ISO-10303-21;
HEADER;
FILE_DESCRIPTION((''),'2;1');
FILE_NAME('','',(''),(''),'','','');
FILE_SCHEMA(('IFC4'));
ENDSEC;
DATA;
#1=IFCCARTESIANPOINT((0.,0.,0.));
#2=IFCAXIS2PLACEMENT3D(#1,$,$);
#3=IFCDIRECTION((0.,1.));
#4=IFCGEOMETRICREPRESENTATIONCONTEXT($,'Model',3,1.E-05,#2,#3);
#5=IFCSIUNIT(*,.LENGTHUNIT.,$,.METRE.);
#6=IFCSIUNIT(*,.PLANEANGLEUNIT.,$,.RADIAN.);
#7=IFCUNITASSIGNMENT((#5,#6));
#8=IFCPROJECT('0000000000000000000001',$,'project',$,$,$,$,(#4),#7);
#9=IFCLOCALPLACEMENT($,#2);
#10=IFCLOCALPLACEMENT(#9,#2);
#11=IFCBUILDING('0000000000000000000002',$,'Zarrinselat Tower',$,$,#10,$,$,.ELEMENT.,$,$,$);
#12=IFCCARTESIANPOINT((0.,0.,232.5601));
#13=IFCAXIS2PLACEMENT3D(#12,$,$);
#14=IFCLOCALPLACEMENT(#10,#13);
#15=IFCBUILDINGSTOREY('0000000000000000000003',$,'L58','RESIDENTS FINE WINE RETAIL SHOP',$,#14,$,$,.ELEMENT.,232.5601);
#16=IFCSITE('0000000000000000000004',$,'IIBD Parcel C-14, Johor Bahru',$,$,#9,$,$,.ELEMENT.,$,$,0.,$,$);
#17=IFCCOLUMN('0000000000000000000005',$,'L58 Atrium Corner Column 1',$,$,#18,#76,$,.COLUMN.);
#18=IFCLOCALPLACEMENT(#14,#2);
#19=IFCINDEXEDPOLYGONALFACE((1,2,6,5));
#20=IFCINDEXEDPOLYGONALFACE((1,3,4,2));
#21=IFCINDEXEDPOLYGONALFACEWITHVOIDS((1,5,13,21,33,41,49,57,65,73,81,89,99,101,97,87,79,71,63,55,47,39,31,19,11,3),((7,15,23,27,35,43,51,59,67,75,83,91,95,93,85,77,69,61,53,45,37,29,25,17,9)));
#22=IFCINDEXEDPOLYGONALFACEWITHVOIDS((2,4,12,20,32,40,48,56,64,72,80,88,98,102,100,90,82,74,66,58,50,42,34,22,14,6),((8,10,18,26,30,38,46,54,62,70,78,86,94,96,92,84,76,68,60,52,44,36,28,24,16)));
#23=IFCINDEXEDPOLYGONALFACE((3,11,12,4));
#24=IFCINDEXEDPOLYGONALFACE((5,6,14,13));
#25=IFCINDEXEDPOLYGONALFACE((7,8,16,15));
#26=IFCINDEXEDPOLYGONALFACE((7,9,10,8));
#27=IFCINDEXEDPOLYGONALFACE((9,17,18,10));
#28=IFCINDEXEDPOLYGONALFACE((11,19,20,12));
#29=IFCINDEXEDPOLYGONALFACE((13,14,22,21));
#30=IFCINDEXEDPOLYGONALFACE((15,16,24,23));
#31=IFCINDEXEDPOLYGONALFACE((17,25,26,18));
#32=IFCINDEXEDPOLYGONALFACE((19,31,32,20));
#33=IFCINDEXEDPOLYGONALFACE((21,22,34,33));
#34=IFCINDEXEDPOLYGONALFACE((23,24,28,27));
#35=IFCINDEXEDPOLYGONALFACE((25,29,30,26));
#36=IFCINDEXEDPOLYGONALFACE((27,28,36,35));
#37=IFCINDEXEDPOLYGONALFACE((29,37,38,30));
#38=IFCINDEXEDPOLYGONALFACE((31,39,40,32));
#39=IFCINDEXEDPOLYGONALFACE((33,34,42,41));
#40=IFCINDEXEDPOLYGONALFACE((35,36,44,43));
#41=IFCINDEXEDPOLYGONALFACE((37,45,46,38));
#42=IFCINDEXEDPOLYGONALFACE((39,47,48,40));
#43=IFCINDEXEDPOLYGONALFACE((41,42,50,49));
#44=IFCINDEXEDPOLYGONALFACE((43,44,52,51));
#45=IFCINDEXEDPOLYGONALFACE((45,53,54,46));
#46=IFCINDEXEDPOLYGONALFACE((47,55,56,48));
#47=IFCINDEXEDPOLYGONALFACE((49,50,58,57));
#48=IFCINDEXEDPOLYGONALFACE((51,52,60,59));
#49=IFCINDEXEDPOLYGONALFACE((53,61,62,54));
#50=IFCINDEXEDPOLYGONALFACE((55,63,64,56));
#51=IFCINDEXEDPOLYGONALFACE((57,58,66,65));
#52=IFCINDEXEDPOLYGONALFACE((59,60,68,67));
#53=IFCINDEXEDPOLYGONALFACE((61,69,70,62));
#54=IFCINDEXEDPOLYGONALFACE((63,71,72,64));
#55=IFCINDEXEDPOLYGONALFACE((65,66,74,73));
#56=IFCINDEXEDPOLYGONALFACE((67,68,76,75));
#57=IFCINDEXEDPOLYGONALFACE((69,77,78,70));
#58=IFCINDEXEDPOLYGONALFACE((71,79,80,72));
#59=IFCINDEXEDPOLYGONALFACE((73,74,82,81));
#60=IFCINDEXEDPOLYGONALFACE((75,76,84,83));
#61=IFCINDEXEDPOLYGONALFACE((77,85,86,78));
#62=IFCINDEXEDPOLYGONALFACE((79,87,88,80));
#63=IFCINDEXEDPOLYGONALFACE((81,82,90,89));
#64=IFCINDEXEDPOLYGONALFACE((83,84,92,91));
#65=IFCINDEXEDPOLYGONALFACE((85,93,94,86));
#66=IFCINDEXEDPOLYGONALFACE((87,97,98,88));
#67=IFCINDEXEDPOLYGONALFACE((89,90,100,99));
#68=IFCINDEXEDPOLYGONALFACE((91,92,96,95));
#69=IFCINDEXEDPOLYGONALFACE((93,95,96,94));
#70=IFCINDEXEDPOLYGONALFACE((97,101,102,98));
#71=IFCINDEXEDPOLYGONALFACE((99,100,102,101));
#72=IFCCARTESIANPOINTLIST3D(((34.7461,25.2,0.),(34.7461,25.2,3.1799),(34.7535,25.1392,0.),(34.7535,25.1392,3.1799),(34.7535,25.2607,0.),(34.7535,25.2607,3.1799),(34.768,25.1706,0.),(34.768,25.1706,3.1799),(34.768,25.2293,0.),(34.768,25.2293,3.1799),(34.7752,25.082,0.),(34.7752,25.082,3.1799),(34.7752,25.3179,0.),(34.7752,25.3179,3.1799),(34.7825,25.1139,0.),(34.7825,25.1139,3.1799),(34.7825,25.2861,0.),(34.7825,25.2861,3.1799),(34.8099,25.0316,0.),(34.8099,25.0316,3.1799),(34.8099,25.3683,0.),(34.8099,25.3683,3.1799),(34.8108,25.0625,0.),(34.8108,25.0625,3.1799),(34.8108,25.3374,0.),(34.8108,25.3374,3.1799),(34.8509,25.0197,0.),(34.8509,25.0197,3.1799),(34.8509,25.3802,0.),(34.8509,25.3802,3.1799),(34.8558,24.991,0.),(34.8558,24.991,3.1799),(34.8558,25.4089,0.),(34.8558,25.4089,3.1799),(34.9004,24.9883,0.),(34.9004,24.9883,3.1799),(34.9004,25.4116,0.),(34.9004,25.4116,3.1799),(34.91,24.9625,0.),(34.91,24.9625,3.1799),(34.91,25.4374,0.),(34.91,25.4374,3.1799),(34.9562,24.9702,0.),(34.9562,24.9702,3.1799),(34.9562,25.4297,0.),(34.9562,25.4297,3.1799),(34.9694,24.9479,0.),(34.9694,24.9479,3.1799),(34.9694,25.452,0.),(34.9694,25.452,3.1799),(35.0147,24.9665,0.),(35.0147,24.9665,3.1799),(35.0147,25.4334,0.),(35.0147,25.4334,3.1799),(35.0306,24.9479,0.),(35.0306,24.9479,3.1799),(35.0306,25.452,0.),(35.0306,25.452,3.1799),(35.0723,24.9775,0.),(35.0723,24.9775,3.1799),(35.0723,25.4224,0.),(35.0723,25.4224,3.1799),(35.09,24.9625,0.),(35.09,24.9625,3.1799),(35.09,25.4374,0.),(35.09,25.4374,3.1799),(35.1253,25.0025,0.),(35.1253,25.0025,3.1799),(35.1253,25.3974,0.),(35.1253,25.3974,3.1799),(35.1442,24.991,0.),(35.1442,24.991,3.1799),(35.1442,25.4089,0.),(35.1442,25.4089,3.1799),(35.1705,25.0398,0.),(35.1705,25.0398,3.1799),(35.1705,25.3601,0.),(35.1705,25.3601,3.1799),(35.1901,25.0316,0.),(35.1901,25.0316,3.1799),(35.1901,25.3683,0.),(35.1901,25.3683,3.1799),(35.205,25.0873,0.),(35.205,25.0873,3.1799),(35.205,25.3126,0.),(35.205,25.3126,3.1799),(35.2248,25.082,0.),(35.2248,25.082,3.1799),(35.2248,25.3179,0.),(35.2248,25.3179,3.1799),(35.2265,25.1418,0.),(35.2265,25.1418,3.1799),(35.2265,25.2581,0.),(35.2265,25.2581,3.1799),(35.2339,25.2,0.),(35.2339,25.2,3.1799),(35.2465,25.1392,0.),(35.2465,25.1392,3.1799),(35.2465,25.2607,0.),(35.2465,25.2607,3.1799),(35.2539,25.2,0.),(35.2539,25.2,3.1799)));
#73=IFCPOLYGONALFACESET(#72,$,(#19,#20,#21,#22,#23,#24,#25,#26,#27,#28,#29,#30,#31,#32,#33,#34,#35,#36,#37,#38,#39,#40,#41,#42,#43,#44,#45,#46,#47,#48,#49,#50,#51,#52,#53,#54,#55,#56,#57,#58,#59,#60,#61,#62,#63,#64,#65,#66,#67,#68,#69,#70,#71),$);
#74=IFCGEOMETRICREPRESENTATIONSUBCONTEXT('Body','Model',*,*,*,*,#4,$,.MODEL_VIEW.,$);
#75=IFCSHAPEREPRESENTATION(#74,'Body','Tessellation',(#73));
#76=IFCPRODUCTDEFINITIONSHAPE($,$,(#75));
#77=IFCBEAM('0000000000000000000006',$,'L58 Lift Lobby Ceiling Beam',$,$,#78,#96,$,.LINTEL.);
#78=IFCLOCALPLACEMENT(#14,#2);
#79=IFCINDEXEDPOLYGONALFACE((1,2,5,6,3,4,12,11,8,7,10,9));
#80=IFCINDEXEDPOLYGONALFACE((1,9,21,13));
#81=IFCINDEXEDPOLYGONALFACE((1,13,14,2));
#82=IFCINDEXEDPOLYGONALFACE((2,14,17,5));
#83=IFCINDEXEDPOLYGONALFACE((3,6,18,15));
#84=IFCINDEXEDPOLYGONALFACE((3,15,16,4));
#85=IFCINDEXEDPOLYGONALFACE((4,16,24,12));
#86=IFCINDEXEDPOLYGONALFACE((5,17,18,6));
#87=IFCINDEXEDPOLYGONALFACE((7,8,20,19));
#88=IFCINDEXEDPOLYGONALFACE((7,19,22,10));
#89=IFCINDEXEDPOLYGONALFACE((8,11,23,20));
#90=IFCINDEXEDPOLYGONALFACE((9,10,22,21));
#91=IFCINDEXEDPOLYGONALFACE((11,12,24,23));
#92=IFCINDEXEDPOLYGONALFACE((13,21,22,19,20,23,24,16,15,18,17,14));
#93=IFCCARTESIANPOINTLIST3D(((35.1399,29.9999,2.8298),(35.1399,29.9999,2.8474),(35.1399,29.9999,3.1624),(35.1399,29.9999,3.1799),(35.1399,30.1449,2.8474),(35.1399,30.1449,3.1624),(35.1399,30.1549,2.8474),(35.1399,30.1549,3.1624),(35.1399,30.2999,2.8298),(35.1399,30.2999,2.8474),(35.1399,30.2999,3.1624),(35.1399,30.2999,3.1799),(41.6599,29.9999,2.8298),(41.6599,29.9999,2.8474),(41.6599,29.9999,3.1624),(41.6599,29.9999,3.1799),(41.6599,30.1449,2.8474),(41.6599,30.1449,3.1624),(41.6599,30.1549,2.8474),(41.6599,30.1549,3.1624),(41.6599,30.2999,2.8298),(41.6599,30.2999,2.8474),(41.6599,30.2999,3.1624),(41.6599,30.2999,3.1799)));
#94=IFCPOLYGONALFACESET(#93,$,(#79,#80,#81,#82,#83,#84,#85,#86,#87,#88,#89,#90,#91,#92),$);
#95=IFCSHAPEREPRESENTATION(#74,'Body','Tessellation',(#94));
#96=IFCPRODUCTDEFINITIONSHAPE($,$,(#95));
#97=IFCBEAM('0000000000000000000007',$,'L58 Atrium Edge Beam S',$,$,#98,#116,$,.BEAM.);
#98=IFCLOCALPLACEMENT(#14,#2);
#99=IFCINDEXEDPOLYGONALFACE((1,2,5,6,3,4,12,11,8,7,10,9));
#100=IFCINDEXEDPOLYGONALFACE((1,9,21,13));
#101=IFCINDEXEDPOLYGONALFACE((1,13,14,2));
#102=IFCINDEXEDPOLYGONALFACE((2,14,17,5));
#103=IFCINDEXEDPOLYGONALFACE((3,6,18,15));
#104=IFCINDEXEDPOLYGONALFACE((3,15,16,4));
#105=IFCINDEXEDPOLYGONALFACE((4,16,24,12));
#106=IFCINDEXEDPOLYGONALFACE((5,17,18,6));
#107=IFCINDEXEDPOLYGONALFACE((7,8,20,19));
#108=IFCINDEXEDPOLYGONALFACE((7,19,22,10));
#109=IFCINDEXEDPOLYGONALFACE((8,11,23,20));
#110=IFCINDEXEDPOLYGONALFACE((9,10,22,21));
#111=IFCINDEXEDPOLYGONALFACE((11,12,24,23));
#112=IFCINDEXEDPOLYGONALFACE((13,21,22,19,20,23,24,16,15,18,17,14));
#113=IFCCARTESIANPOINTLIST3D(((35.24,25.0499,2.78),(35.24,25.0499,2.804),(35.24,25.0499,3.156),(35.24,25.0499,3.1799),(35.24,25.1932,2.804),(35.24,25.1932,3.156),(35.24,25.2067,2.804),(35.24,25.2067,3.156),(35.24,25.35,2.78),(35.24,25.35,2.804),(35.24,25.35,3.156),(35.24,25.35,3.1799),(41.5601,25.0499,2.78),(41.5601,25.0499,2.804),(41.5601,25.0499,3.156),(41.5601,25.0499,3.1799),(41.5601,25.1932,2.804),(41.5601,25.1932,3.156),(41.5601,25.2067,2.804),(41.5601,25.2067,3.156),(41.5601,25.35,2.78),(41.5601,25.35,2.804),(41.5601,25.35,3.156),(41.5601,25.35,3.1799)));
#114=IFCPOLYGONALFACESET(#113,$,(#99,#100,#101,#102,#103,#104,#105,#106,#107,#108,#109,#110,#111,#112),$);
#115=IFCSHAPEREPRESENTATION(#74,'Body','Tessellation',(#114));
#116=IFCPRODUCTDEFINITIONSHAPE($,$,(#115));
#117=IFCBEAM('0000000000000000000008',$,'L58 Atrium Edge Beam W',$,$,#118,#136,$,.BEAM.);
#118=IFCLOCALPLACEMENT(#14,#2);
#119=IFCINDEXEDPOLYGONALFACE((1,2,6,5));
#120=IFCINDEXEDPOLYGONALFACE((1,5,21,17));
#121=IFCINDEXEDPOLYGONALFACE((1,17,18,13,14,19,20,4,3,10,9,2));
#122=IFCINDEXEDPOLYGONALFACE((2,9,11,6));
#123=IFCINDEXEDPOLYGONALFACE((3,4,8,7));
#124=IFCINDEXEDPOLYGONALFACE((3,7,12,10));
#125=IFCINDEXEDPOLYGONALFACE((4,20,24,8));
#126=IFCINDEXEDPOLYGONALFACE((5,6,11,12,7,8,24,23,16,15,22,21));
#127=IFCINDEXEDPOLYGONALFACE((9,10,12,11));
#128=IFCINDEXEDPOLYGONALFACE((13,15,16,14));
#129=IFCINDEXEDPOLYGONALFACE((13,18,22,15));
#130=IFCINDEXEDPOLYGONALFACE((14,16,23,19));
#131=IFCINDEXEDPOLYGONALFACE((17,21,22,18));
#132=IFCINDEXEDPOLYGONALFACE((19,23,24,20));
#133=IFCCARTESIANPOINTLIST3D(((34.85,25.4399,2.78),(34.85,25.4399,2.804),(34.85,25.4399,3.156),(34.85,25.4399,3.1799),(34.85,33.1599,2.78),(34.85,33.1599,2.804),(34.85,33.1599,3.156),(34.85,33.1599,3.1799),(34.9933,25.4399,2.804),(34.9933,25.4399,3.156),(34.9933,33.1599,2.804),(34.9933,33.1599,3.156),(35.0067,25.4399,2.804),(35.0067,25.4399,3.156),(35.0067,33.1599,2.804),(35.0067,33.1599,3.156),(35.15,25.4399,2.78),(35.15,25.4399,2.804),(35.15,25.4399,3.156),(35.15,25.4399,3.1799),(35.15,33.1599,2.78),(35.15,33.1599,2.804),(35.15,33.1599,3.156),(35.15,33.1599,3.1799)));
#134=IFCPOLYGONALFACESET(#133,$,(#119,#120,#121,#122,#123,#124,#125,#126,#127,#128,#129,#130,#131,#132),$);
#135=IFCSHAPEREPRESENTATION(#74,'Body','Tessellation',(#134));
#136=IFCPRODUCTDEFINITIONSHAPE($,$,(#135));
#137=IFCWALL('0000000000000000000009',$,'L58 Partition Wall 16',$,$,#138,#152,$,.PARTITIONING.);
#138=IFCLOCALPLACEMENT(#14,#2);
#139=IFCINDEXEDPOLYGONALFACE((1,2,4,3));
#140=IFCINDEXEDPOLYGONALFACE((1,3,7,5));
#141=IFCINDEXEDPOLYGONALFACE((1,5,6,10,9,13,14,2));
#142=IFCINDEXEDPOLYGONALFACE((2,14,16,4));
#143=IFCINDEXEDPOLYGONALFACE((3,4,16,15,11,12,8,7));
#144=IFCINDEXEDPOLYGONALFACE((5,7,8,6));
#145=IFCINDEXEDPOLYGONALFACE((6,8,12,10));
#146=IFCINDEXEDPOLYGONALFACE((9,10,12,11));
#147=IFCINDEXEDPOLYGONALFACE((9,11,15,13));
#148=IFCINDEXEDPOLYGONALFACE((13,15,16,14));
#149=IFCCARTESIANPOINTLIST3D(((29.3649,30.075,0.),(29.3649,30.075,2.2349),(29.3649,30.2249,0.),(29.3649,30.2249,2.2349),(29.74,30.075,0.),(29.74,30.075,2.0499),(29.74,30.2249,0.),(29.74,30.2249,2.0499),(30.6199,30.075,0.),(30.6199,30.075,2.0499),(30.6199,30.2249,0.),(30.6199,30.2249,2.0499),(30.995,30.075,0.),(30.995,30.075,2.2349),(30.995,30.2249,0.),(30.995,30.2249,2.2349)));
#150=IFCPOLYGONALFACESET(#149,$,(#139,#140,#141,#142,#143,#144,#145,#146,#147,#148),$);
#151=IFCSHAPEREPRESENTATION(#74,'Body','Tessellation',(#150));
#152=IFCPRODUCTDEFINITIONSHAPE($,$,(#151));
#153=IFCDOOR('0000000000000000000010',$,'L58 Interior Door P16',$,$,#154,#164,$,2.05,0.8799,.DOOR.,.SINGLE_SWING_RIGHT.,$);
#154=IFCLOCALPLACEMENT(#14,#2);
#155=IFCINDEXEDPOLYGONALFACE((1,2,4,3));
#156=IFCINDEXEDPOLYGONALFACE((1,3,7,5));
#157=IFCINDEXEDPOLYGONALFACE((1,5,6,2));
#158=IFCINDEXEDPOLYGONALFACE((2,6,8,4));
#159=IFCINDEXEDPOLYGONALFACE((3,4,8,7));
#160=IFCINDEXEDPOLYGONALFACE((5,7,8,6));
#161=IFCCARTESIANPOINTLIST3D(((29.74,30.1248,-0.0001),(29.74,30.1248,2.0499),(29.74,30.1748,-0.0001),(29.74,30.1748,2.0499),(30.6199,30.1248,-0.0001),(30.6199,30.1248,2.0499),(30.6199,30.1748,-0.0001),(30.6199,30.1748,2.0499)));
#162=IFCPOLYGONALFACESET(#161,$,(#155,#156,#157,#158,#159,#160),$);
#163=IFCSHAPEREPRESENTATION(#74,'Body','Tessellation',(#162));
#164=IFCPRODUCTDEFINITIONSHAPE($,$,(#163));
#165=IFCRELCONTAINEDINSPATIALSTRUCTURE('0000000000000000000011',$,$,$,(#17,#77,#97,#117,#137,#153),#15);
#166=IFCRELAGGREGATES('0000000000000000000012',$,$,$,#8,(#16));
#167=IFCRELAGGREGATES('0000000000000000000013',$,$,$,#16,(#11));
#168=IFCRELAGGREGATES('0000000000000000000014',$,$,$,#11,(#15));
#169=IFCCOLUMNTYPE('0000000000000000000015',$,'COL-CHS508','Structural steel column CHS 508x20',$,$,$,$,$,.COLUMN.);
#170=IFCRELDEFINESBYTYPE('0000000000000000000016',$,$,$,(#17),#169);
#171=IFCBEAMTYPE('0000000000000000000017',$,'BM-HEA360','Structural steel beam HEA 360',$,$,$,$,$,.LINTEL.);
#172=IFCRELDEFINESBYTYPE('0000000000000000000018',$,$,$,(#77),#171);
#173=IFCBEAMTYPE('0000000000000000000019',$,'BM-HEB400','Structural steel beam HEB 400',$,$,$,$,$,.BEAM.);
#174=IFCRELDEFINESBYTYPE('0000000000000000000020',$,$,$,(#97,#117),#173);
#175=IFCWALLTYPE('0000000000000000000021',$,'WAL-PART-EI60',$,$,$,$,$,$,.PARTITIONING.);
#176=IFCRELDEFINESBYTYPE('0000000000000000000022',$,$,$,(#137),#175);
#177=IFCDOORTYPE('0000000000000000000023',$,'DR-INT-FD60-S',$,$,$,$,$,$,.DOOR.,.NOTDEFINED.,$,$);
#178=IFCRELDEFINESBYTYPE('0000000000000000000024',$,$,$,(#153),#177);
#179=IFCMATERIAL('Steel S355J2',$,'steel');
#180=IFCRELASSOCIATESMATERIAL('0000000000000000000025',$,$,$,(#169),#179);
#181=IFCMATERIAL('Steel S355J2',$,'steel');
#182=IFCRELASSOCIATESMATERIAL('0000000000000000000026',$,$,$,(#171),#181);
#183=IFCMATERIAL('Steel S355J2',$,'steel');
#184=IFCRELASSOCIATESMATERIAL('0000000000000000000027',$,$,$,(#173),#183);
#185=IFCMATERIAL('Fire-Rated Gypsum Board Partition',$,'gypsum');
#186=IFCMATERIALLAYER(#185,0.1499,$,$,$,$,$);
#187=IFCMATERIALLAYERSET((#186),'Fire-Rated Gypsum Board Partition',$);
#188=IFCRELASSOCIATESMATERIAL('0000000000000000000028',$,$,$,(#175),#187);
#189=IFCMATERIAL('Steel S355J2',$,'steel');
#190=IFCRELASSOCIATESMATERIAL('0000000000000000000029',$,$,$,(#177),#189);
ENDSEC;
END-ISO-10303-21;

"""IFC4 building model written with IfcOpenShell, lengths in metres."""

from ifc_helpers import new_model, si_unit, direction, frame, frame_2d, origin, origin_2d, place, context, subcontext, project, spatial, rectangle, hollow_circle, i_section, extrude, material, layer, layer_set, material_profile, profile_set, type_object, element, fill, save


model = new_model("IFC4")

# Units and contexts
model_context = context("Model", 3, precision=1e-05, world=origin(), true_north=direction((0.0, 1.0)))
body_context = subcontext(model_context, "Body", "Model", "MODEL_VIEW")
ifc_project = project(units=[si_unit("LENGTHUNIT", "METRE"), si_unit("PLANEANGLEUNIT", "RADIAN")], contexts=[model_context])

# Site, building, storey
site_placement = place(None, origin())
site = spatial("IfcSite", under=ifc_project, at=site_placement, Name="IIBD Parcel C-14, Johor Bahru", CompositionType="ELEMENT", RefElevation=0.0)
building_placement = place(site_placement, origin())
building = spatial("IfcBuilding", under=site, at=building_placement, Name="Zarrinselat Tower", CompositionType="ELEMENT")
storey_placement = place(building_placement, frame((0.0, 0.0, 232.5601)))
storey = spatial("IfcBuildingStorey", under=building, at=storey_placement, Name="L58", Description="RESIDENTS FINE WINE RETAIL SHOP", CompositionType="ELEMENT", Elevation=232.5601)

# Column
ifc_material_1 = material(Name="Steel S355J2", Category="steel")
ifc_material_profile_1 = material_profile(ifc_material_1, hollow_circle(Radius=0.2539, WallThickness=0.02, at=origin_2d()), Name="CHS 508x20")
ifc_profile_set_1 = profile_set([ifc_material_profile_1], Name="Steel S355J2")
column_type = type_object("IfcColumnType", Name="COL-CHS508", Description="Structural steel column CHS 508x20", PredefinedType="COLUMN", material=ifc_profile_set_1)
column_placement = place(storey_placement, frame((35.0, 25.2, 0.0), z_axis=(0.0, 0.0, 1.0), x_axis=(1.0, 0.0, 0.0)))
element("IfcColumn", 1, at=column_placement, inside=storey, type_object=column_type, Name="L58 Atrium Corner Column 1", PredefinedType="COLUMN", context=body_context, shape_type="SweptSolid", body=[
    extrude(hollow_circle(Radius=0.2539, WallThickness=0.02, at=origin_2d()), origin(), (0.0, 0.0, 1.0), 3.1799),
])

# Beams
ifc_material_2 = material(Name="Steel S355J2", Category="steel")
ifc_material_profile_2 = material_profile(ifc_material_2, i_section(OverallWidth=0.3, OverallDepth=0.3501, WebThickness=0.01, FlangeThickness=0.0176, at=origin_2d()), Name="HEA 360")
ifc_profile_set_2 = profile_set([ifc_material_profile_2], Name="Steel S355J2")
beam_type_1 = type_object("IfcBeamType", Name="BM-HEA360", Description="Structural steel beam HEA 360", PredefinedType="LINTEL", material=ifc_profile_set_2)
beam_1_placement = place(storey_placement, frame((35.1399, 30.1499, 3.0049), z_axis=(1.0, 0.0, 0.0), x_axis=(0.0, 1.0, 0.0)))
element("IfcBeam", 2, at=beam_1_placement, inside=storey, type_object=beam_type_1, Name="L58 Lift Lobby Ceiling Beam", PredefinedType="LINTEL", context=body_context, shape_type="SweptSolid", body=[
    extrude(i_section(OverallWidth=0.3, OverallDepth=0.3501, WebThickness=0.01, FlangeThickness=0.0176, at=origin_2d()), origin(), (0.0, 0.0, 1.0), 6.52),
])
ifc_material_3 = material(Name="Steel S355J2", Category="steel")
ifc_material_profile_3 = material_profile(ifc_material_3, i_section(OverallWidth=0.3, OverallDepth=0.3999, WebThickness=0.0134, FlangeThickness=0.0239, at=origin_2d()), Name="HEB 400")
ifc_profile_set_3 = profile_set([ifc_material_profile_3], Name="Steel S355J2")
beam_type_2 = type_object("IfcBeamType", Name="BM-HEB400", Description="Structural steel beam HEB 400", PredefinedType="BEAM", material=ifc_profile_set_3)
beam_2_placement = place(storey_placement, frame((35.24, 25.2, 2.98), z_axis=(1.0, 0.0, 0.0), x_axis=(0.0, 1.0, 0.0)))
element("IfcBeam", 3, at=beam_2_placement, inside=storey, type_object=beam_type_2, Name="L58 Atrium Edge Beam S", PredefinedType="BEAM", context=body_context, shape_type="SweptSolid", body=[
    extrude(i_section(OverallWidth=0.3, OverallDepth=0.3999, WebThickness=0.0134, FlangeThickness=0.0239, at=origin_2d()), origin(), (0.0, 0.0, 1.0), 6.3201),
])
beam_3_placement = place(storey_placement, frame((35.0, 25.4399, 2.98), z_axis=(0.0, 1.0, 0.0), x_axis=(-1.0, 0.0, 0.0)))
element("IfcBeam", 4, at=beam_3_placement, inside=storey, type_object=beam_type_2, Name="L58 Atrium Edge Beam W", PredefinedType="BEAM", context=body_context, shape_type="SweptSolid", body=[
    extrude(i_section(OverallWidth=0.3, OverallDepth=0.3999, WebThickness=0.0134, FlangeThickness=0.0239, at=origin_2d()), origin(), (0.0, 0.0, 1.0), 7.72),
])

# Wall, opening, door
ifc_material_4 = material(Name="Fire-Rated Gypsum Board Partition", Category="gypsum")
ifc_layer_1 = layer(ifc_material_4, 0.1499)
ifc_layer_set_1 = layer_set([ifc_layer_1], Name="Fire-Rated Gypsum Board Partition")
wall_type_1 = type_object("IfcWallType", Name="WAL-PART-EI60", PredefinedType="PARTITIONING", material=ifc_layer_set_1)
wall_1_placement = place(storey_placement, frame((29.365, 30.1499, 0.0), z_axis=(0.0, 0.0, 1.0), x_axis=(1.0, 0.0, 0.0)))
wall_1 = element("IfcWall", 5, at=wall_1_placement, inside=storey, type_object=wall_type_1, Name="L58 Partition Wall 16", PredefinedType="PARTITIONING", context=body_context, shape_type="SweptSolid", body=[
    extrude(rectangle(XDim=1.6301, YDim=0.1499, at=frame_2d((0.8149, 0.0))), origin(), (0.0, 0.0, 1.0), 2.2349),
])
opening_1_placement = place(wall_1_placement, frame((0.375, 0.0, 0.0)))
opening_1 = element("IfcOpeningElement", 6, at=opening_1_placement, cuts=wall_1, PredefinedType="OPENING", context=body_context, shape_type="SweptSolid", body=[
    extrude(rectangle(XDim=0.8799, YDim=2.05, at=frame_2d((0.4399, 1.0249))), frame((0.0, 0.085, 0.0), z_axis=(0.0, -1.0, 0.0), x_axis=(1.0, 0.0, 0.0)), (0.0, 0.0, 1.0), 0.1699),
])
ifc_material_5 = material(Name="Steel S355J2", Category="steel")
door_type_1 = type_object("IfcDoorType", Name="DR-INT-FD60-S", OperationType="NOTDEFINED", PredefinedType="DOOR", material=ifc_material_5)
door_1_placement = place(opening_1_placement, origin())
door_1 = element("IfcDoor", 7, at=door_1_placement, inside=storey, type_object=door_type_1, Name="L58 Interior Door P16", OperationType="SINGLE_SWING_RIGHT", OverallHeight=2.05, OverallWidth=0.8799, PredefinedType="DOOR", context=body_context, shape_type="SweptSolid", body=[
    extrude(rectangle(XDim=0.8799, YDim=2.05, at=frame_2d((0.4399, 1.0249))), frame((0.0, 0.0249, 0.0), z_axis=(0.0, -1.0, 0.0), x_axis=(1.0, 0.0, 0.0)), (0.0, 0.0, 1.0), 0.05),
])
fill(opening_1, door_1)

save(model, "model.ifc")
